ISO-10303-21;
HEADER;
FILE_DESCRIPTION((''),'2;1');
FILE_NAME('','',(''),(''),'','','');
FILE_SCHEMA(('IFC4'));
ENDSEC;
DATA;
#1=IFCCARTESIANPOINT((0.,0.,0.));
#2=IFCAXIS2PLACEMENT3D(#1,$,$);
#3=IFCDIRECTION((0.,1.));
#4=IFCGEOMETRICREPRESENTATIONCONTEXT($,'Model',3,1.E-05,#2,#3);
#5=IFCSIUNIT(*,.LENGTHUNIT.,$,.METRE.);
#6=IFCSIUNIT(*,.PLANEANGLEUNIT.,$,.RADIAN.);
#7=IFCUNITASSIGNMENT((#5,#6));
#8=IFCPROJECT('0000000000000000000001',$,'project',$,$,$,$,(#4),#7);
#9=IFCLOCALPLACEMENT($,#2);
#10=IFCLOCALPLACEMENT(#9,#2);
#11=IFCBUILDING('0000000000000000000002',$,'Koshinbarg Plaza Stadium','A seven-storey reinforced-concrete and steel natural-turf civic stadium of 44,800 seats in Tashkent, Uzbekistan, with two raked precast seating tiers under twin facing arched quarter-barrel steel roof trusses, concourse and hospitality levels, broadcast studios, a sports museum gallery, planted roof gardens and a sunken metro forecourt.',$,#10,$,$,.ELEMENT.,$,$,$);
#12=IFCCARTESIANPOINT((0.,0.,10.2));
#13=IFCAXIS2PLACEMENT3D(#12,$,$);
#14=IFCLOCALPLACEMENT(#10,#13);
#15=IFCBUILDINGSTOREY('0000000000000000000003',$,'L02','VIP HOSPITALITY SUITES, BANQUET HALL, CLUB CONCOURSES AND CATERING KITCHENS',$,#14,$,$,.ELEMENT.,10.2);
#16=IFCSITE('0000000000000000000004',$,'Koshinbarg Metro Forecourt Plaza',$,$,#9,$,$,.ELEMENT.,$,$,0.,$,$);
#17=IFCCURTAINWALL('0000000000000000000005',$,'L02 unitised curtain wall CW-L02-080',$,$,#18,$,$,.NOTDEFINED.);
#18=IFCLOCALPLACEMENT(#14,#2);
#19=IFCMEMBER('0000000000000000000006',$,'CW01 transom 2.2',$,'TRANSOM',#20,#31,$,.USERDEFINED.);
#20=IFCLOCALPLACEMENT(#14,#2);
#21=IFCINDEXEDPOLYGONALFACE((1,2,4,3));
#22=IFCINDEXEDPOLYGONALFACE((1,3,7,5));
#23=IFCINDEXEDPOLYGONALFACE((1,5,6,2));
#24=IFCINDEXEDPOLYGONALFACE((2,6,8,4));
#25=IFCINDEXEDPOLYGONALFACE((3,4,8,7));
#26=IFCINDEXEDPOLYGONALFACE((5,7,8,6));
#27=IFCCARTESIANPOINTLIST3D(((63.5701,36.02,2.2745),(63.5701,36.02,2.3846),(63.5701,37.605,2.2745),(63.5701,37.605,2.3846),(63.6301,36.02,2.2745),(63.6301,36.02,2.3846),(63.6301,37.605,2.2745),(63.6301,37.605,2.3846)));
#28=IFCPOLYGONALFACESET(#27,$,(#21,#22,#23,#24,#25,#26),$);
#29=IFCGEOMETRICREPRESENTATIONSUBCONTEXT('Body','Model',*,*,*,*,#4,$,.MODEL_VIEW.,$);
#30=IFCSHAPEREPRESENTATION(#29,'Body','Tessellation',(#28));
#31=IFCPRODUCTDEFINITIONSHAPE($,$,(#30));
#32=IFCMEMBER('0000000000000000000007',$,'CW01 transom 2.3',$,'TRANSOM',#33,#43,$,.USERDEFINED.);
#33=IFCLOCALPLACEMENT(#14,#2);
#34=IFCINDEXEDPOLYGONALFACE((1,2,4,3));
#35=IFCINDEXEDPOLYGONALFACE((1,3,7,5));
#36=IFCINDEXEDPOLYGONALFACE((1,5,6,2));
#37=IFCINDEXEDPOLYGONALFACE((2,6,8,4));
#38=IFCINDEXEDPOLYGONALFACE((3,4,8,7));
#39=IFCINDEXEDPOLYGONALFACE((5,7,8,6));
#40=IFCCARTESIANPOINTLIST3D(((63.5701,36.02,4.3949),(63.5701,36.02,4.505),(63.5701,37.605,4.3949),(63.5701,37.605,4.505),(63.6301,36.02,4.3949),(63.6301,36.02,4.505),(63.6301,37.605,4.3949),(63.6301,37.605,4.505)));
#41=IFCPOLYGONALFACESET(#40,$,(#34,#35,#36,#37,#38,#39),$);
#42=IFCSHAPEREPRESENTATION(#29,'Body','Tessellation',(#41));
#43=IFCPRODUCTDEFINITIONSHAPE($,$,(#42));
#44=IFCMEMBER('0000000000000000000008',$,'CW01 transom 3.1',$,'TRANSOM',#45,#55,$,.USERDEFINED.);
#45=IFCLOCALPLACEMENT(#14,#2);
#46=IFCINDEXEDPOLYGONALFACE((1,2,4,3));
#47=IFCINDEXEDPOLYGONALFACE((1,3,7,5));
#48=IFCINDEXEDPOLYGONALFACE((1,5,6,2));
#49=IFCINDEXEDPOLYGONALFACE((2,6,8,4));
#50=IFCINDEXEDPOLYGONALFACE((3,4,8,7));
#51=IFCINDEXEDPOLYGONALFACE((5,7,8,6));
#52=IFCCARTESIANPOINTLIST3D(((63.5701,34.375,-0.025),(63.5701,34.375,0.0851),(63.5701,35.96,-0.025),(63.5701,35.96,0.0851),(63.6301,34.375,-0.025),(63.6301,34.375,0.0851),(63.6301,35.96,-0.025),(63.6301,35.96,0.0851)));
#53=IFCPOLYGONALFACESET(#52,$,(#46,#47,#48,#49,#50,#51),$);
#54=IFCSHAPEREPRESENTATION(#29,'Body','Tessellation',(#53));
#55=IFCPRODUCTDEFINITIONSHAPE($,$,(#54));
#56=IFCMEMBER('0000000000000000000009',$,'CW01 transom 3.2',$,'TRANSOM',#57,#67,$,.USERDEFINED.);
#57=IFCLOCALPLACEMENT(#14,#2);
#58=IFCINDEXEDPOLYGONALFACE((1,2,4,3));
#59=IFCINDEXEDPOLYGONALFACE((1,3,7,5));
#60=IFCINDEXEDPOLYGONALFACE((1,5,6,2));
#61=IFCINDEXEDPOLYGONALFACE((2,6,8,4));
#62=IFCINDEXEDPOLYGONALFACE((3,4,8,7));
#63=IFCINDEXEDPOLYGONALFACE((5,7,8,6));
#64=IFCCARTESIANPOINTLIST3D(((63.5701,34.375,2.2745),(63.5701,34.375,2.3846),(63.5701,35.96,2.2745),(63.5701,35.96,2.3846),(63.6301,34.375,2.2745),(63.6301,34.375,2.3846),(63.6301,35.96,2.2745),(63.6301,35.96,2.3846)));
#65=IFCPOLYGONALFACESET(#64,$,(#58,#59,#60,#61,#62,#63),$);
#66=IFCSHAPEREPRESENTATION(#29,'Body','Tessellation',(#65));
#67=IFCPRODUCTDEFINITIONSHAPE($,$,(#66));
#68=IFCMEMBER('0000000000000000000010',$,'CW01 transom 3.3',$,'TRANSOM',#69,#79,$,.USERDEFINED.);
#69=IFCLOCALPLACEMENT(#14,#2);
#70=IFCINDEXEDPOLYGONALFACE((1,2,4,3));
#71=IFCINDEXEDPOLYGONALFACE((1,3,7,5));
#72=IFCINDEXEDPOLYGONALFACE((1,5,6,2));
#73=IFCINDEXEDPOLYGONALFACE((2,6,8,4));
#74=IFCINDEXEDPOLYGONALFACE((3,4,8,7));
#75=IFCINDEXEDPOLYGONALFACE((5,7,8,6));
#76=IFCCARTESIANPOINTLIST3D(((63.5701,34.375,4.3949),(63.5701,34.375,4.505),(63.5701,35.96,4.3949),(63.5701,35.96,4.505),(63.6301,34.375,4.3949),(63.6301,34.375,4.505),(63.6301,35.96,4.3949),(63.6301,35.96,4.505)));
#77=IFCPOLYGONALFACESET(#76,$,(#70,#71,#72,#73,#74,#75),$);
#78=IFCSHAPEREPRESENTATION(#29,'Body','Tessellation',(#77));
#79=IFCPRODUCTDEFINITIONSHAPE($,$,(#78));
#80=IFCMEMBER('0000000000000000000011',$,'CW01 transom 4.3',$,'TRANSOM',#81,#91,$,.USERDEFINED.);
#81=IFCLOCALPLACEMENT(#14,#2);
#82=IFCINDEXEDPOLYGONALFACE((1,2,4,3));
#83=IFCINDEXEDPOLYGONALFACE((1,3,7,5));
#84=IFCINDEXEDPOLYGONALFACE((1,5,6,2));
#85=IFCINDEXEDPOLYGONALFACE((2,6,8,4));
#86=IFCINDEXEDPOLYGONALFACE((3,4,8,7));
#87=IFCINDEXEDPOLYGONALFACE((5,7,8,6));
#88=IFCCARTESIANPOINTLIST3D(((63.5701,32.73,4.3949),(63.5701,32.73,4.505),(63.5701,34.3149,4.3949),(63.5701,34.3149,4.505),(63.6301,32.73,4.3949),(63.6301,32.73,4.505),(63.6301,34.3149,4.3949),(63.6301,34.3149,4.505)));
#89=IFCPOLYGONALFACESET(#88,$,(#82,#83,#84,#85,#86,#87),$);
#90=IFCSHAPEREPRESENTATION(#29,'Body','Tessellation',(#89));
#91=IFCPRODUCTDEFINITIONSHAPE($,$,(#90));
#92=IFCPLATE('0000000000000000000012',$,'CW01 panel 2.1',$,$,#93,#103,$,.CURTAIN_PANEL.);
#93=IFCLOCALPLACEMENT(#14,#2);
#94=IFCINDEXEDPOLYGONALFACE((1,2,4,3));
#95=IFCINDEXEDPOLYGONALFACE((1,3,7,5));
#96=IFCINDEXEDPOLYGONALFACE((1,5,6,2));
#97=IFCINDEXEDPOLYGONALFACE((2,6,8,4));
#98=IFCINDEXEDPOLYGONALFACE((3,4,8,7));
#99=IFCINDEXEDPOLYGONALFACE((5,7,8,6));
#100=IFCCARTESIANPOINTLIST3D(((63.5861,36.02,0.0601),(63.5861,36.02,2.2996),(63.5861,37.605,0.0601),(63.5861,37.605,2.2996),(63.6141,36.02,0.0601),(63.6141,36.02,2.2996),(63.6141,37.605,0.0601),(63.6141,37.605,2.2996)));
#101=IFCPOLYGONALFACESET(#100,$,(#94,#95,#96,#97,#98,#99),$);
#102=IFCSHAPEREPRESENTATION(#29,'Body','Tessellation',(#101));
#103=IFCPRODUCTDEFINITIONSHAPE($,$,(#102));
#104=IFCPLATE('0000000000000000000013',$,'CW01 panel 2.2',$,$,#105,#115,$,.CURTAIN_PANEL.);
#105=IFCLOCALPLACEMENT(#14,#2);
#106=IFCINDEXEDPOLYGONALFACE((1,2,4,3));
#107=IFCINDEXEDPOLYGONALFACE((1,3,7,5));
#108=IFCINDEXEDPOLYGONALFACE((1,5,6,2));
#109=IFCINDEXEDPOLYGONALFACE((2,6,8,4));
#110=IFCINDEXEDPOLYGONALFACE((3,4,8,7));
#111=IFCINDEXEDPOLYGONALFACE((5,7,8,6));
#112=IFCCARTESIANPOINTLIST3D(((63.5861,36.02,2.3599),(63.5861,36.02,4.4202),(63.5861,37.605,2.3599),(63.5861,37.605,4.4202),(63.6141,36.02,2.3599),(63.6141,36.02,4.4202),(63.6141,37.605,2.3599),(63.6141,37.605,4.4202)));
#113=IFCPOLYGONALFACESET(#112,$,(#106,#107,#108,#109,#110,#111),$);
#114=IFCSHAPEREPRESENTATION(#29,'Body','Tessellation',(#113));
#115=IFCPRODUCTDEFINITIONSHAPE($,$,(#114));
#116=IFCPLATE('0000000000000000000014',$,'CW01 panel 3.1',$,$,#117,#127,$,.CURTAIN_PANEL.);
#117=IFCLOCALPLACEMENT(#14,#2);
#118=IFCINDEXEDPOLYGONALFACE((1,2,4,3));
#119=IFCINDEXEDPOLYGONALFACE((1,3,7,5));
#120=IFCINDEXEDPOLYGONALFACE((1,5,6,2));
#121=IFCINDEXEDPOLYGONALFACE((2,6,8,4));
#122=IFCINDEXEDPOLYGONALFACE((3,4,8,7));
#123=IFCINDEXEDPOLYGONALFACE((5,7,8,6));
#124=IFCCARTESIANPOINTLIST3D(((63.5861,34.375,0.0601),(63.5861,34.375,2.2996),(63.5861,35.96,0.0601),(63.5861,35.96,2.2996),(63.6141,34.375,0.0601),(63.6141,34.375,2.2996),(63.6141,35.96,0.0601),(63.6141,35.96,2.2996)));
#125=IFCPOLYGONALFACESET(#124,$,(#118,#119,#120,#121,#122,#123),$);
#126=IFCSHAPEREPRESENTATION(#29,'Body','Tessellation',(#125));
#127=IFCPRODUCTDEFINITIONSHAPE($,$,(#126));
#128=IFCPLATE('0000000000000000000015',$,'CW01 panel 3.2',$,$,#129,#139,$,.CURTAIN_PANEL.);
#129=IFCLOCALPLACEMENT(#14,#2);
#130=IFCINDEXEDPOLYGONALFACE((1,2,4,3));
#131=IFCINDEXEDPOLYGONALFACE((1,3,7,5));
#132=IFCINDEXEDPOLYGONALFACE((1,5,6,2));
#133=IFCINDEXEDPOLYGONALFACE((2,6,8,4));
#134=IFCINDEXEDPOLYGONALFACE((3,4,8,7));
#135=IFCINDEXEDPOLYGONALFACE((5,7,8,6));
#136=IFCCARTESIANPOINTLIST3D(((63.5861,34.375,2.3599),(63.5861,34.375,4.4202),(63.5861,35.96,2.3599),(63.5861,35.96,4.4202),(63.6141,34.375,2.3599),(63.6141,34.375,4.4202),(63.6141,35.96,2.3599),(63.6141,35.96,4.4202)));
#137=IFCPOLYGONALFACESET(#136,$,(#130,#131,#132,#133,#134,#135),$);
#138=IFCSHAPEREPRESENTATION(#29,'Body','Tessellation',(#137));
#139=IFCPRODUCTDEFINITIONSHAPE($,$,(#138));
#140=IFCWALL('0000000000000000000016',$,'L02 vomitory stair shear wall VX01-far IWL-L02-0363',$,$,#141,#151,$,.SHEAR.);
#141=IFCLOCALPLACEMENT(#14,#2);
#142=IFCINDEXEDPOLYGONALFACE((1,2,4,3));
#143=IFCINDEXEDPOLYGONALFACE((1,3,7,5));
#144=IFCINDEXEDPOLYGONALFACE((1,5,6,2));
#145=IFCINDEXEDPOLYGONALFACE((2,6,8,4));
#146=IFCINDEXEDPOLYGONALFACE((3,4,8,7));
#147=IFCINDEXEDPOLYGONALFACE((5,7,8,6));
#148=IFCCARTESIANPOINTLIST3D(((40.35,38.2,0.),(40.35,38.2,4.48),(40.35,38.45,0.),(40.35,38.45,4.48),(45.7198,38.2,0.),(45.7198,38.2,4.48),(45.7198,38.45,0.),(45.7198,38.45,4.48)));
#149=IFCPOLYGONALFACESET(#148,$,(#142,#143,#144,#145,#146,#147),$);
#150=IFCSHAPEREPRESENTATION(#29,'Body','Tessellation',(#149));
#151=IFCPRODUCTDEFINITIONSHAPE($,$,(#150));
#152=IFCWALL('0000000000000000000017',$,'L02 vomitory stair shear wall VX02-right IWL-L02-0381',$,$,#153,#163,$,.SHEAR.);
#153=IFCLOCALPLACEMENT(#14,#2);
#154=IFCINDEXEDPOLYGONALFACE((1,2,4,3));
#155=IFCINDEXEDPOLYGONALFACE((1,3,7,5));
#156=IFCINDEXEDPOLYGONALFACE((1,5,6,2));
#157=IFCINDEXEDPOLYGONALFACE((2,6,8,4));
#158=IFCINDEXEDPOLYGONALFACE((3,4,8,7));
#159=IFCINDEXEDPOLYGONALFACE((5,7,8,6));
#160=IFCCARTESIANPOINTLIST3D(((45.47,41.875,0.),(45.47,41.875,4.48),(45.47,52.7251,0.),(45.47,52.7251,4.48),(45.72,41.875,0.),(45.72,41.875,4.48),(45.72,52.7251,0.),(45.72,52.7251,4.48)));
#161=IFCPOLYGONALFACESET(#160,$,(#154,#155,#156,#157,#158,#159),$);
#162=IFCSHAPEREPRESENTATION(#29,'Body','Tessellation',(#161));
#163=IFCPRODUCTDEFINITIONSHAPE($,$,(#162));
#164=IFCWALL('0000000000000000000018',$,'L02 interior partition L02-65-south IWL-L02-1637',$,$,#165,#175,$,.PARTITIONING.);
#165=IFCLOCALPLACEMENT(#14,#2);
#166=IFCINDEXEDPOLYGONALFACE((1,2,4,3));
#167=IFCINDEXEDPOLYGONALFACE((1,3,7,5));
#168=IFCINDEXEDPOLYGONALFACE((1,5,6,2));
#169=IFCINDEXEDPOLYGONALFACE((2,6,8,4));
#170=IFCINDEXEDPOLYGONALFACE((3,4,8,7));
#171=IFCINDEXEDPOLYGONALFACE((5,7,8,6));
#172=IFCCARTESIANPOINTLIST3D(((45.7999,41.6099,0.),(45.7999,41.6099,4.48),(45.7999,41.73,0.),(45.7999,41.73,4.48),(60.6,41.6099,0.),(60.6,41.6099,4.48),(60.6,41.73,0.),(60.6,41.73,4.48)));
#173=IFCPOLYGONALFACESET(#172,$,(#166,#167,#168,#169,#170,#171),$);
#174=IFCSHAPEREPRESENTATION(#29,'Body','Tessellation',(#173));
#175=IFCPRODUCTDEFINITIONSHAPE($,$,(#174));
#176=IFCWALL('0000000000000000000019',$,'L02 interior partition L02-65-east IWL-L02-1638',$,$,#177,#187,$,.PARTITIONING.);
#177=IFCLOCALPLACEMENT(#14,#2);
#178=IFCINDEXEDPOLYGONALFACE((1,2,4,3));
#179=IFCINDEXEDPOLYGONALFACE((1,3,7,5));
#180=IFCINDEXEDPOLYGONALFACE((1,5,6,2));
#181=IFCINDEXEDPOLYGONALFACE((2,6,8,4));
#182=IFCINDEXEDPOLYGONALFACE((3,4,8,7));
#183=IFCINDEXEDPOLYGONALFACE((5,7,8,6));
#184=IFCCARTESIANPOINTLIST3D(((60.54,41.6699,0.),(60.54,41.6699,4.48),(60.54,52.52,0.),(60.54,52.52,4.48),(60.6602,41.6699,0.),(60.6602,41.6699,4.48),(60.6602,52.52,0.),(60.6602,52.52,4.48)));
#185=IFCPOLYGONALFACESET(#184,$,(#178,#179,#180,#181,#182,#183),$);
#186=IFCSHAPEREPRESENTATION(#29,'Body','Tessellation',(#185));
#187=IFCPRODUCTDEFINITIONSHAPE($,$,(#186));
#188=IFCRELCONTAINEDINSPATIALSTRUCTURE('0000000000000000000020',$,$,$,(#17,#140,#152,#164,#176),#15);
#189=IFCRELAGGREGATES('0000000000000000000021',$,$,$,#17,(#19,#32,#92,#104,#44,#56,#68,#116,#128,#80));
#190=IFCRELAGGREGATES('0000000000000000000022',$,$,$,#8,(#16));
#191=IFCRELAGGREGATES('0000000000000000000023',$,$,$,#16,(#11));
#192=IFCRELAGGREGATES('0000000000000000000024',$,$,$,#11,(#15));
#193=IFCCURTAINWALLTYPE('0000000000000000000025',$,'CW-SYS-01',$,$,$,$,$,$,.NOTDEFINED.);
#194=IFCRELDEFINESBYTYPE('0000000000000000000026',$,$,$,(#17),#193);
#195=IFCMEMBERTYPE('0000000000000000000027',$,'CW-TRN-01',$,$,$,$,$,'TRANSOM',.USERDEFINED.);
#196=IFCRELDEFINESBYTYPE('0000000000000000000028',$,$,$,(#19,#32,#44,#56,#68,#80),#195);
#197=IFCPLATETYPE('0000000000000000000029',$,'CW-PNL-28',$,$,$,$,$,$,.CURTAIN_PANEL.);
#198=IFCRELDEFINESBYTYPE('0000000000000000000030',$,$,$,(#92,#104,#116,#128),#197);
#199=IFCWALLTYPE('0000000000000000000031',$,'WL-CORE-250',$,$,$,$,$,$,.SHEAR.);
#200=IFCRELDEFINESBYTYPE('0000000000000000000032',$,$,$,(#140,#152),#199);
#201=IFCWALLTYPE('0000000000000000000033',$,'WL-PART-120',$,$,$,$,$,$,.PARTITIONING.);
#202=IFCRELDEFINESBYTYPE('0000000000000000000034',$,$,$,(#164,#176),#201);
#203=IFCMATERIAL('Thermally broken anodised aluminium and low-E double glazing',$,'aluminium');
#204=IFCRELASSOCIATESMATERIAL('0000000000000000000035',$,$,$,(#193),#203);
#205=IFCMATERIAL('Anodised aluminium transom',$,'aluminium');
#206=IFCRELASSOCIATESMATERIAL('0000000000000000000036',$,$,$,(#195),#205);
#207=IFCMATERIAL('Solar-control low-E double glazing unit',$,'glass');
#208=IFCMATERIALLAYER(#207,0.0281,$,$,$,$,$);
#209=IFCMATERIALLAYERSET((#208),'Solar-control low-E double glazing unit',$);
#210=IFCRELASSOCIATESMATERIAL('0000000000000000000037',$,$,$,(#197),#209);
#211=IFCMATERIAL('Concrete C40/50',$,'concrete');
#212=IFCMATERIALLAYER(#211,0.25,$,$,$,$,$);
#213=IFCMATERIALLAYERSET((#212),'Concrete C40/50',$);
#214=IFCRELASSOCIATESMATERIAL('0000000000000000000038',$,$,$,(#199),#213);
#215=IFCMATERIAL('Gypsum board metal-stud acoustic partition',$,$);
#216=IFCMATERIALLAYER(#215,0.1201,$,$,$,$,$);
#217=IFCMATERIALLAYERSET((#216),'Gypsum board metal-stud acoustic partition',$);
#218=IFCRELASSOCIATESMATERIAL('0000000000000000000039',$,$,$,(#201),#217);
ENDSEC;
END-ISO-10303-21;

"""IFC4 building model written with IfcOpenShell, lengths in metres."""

from ifc_helpers import new_model, si_unit, direction, frame, frame_2d, origin, origin_2d, place, context, subcontext, project, spatial, rectangle, extrude, material, layer, layer_set, material_profile, profile_set, type_object, element, aggregate, save


model = new_model("IFC4")

# Units and contexts
model_context = context("Model", 3, precision=1e-05, world=origin(), true_north=direction((0.0, 1.0)))
body_context = subcontext(model_context, "Body", "Model", "MODEL_VIEW")
ifc_project = project(units=[si_unit("LENGTHUNIT", "METRE"), si_unit("PLANEANGLEUNIT", "RADIAN")], contexts=[model_context])

# Site, building, storey
site_placement = place(None, origin())
site = spatial("IfcSite", under=ifc_project, at=site_placement, Name="Koshinbarg Metro Forecourt Plaza", CompositionType="ELEMENT", RefElevation=0.0)
building_placement = place(site_placement, origin())
building = spatial("IfcBuilding", under=site, at=building_placement, Name="Koshinbarg Plaza Stadium", Description="A seven-storey reinforced-concrete and steel natural-turf civic stadium of 44,800 seats in Tashkent, Uzbekistan, with two raked precast seating tiers under twin facing arched quarter-barrel steel roof trusses, concourse and hospitality levels, broadcast studios, a sports museum gallery, planted roof gardens and a sunken metro forecourt.", CompositionType="ELEMENT")
storey_placement = place(building_placement, frame((0.0, 0.0, 10.2)))
storey = spatial("IfcBuildingStorey", under=building, at=storey_placement, Name="L02", Description="VIP HOSPITALITY SUITES, BANQUET HALL, CLUB CONCOURSES AND CATERING KITCHENS", CompositionType="ELEMENT", Elevation=10.2)

# Shared definitions
ifc_material_1 = material(Name="Concrete C40/50", Category="concrete")

# Curtain wall, members, plates
ifc_material_2 = material(Name="Thermally broken anodised aluminium and low-E double glazing", Category="aluminium")
curtain_wall_type = type_object("IfcCurtainWallType", Name="CW-SYS-01", PredefinedType="NOTDEFINED", material=ifc_material_2)
curtain_wall_placement = place(storey_placement, origin())
curtain_wall = element("IfcCurtainWall", 1, at=curtain_wall_placement, inside=storey, type_object=curtain_wall_type, Name="L02 unitised curtain wall CW-L02-080", PredefinedType="NOTDEFINED")
ifc_material_3 = material(Name="Anodised aluminium transom", Category="aluminium")
ifc_material_profile_1 = material_profile(ifc_material_3, rectangle(XDim=0.0601, YDim=0.1101, at=origin_2d()), Name="ALU 60x110")
ifc_profile_set_1 = profile_set([ifc_material_profile_1], Name="Anodised aluminium transom")
member_type_1 = type_object("IfcMemberType", Name="CW-TRN-01", ElementType="TRANSOM", PredefinedType="USERDEFINED", material=ifc_profile_set_1)
member_1_placement = place(storey_placement, frame((63.6001, 37.605, 2.3296), z_axis=(0.0, -1.0, 0.0), x_axis=(1.0, 0.0, 0.0)))
member_1 = element("IfcMember", 2, at=member_1_placement, type_object=member_type_1, Name="CW01 transom 2.2", ObjectType="TRANSOM", PredefinedType="USERDEFINED", context=body_context, shape_type="SweptSolid", body=[
    extrude(rectangle(XDim=0.0601, YDim=0.1101, at=origin_2d()), origin(), (0.0, 0.0, 1.0), 1.585),
])
member_2_placement = place(storey_placement, frame((63.6001, 37.605, 4.45), z_axis=(0.0, -1.0, 0.0), x_axis=(1.0, 0.0, 0.0)))
member_2 = element("IfcMember", 3, at=member_2_placement, type_object=member_type_1, Name="CW01 transom 2.3", ObjectType="TRANSOM", PredefinedType="USERDEFINED", context=body_context, shape_type="SweptSolid", body=[
    extrude(rectangle(XDim=0.0601, YDim=0.1101, at=origin_2d()), origin(), (0.0, 0.0, 1.0), 1.585),
])
member_3_placement = place(storey_placement, frame((63.6001, 35.96, 0.03), z_axis=(0.0, -1.0, 0.0), x_axis=(1.0, 0.0, 0.0)))
member_3 = element("IfcMember", 4, at=member_3_placement, type_object=member_type_1, Name="CW01 transom 3.1", ObjectType="TRANSOM", PredefinedType="USERDEFINED", context=body_context, shape_type="SweptSolid", body=[
    extrude(rectangle(XDim=0.0601, YDim=0.1101, at=origin_2d()), origin(), (0.0, 0.0, 1.0), 1.585),
])
member_4_placement = place(storey_placement, frame((63.6001, 35.96, 2.3296), z_axis=(0.0, -1.0, 0.0), x_axis=(1.0, 0.0, 0.0)))
member_4 = element("IfcMember", 5, at=member_4_placement, type_object=member_type_1, Name="CW01 transom 3.2", ObjectType="TRANSOM", PredefinedType="USERDEFINED", context=body_context, shape_type="SweptSolid", body=[
    extrude(rectangle(XDim=0.0601, YDim=0.1101, at=origin_2d()), origin(), (0.0, 0.0, 1.0), 1.585),
])
member_5_placement = place(storey_placement, frame((63.6001, 35.96, 4.45), z_axis=(0.0, -1.0, 0.0), x_axis=(1.0, 0.0, 0.0)))
member_5 = element("IfcMember", 6, at=member_5_placement, type_object=member_type_1, Name="CW01 transom 3.3", ObjectType="TRANSOM", PredefinedType="USERDEFINED", context=body_context, shape_type="SweptSolid", body=[
    extrude(rectangle(XDim=0.0601, YDim=0.1101, at=origin_2d()), origin(), (0.0, 0.0, 1.0), 1.585),
])
member_6_placement = place(storey_placement, frame((63.6001, 34.3149, 4.45), z_axis=(0.0, -1.0, 0.0), x_axis=(1.0, 0.0, 0.0)))
member_6 = element("IfcMember", 7, at=member_6_placement, type_object=member_type_1, Name="CW01 transom 4.3", ObjectType="TRANSOM", PredefinedType="USERDEFINED", context=body_context, shape_type="SweptSolid", body=[
    extrude(rectangle(XDim=0.0601, YDim=0.1101, at=origin_2d()), origin(), (0.0, 0.0, 1.0), 1.585),
])
ifc_material_4 = material(Name="Solar-control low-E double glazing unit", Category="glass")
ifc_layer_1 = layer(ifc_material_4, 0.0281)
ifc_layer_set_1 = layer_set([ifc_layer_1], Name="Solar-control low-E double glazing unit")
plate_type = type_object("IfcPlateType", Name="CW-PNL-28", PredefinedType="CURTAIN_PANEL", material=ifc_layer_set_1)
plate_1_placement = place(storey_placement, frame((63.6001, 36.8125, 0.0601), z_axis=(0.0, 0.0, 1.0), x_axis=(0.0, -1.0, 0.0)))
plate_1 = element("IfcPlate", 8, at=plate_1_placement, type_object=plate_type, Name="CW01 panel 2.1", PredefinedType="CURTAIN_PANEL", context=body_context, shape_type="SweptSolid", body=[
    extrude(rectangle(XDim=1.585, YDim=0.0281, at=origin_2d()), origin(), (0.0, 0.0, 1.0), 2.2395),
])
plate_2_placement = place(storey_placement, frame((63.6001, 36.8125, 2.3599), z_axis=(0.0, 0.0, 1.0), x_axis=(0.0, -1.0, 0.0)))
plate_2 = element("IfcPlate", 9, at=plate_2_placement, type_object=plate_type, Name="CW01 panel 2.2", PredefinedType="CURTAIN_PANEL", context=body_context, shape_type="SweptSolid", body=[
    extrude(rectangle(XDim=1.585, YDim=0.0281, at=origin_2d()), origin(), (0.0, 0.0, 1.0), 2.0603),
])
plate_3_placement = place(storey_placement, frame((63.6001, 35.1675, 0.0601), z_axis=(0.0, 0.0, 1.0), x_axis=(0.0, -1.0, 0.0)))
plate_3 = element("IfcPlate", 10, at=plate_3_placement, type_object=plate_type, Name="CW01 panel 3.1", PredefinedType="CURTAIN_PANEL", context=body_context, shape_type="SweptSolid", body=[
    extrude(rectangle(XDim=1.585, YDim=0.0281, at=origin_2d()), origin(), (0.0, 0.0, 1.0), 2.2395),
])
plate_4_placement = place(storey_placement, frame((63.6001, 35.1675, 2.3599), z_axis=(0.0, 0.0, 1.0), x_axis=(0.0, -1.0, 0.0)))
plate_4 = element("IfcPlate", 11, at=plate_4_placement, type_object=plate_type, Name="CW01 panel 3.2", PredefinedType="CURTAIN_PANEL", context=body_context, shape_type="SweptSolid", body=[
    extrude(rectangle(XDim=1.585, YDim=0.0281, at=origin_2d()), origin(), (0.0, 0.0, 1.0), 2.0603),
])
aggregate(curtain_wall, [member_1, member_2, plate_1, plate_2, member_3, member_4, member_5, plate_3, plate_4, member_6])

# Walls
ifc_layer_2 = layer(ifc_material_1, 0.25)
ifc_layer_set_2 = layer_set([ifc_layer_2], Name="Concrete C40/50")
wall_type_1 = type_object("IfcWallType", Name="WL-CORE-250", PredefinedType="SHEAR", material=ifc_layer_set_2)
wall_1_placement = place(storey_placement, frame((45.72, 38.325, 0.0), z_axis=(0.0, 0.0, 1.0), x_axis=(-1.0, 0.0, 0.0)))
element("IfcWall", 12, at=wall_1_placement, inside=storey, type_object=wall_type_1, Name="L02 vomitory stair shear wall VX01-far IWL-L02-0363", PredefinedType="SHEAR", context=body_context, shape_type="SweptSolid", body=[
    extrude(rectangle(XDim=5.3699, YDim=0.25, at=frame_2d((2.6851, 0.0))), origin(), (0.0, 0.0, 1.0), 4.48),
])
wall_2_placement = place(storey_placement, frame((45.595, 41.875, 0.0), z_axis=(0.0, 0.0, 1.0), x_axis=(0.0, 1.0, 0.0)))
element("IfcWall", 13, at=wall_2_placement, inside=storey, type_object=wall_type_1, Name="L02 vomitory stair shear wall VX02-right IWL-L02-0381", PredefinedType="SHEAR", context=body_context, shape_type="SweptSolid", body=[
    extrude(rectangle(XDim=10.8501, YDim=0.25, at=frame_2d((5.425, 0.0))), origin(), (0.0, 0.0, 1.0), 4.48),
])
ifc_material_5 = material(Name="Gypsum board metal-stud acoustic partition")
ifc_layer_3 = layer(ifc_material_5, 0.1201)
ifc_layer_set_3 = layer_set([ifc_layer_3], Name="Gypsum board metal-stud acoustic partition")
wall_type_2 = type_object("IfcWallType", Name="WL-PART-120", PredefinedType="PARTITIONING", material=ifc_layer_set_3)
wall_3_placement = place(storey_placement, frame((45.8, 41.6699, 0.0), z_axis=(0.0, 0.0, 1.0), x_axis=(1.0, 0.0, 0.0)))
element("IfcWall", 14, at=wall_3_placement, inside=storey, type_object=wall_type_2, Name="L02 interior partition L02-65-south IWL-L02-1637", PredefinedType="PARTITIONING", context=body_context, shape_type="SweptSolid", body=[
    extrude(rectangle(XDim=14.8, YDim=0.1201, at=frame_2d((7.3999, 0.0))), origin(), (0.0, 0.0, 1.0), 4.48),
])
wall_4_placement = place(storey_placement, frame((60.6001, 41.6699, 0.0), z_axis=(0.0, 0.0, 1.0), x_axis=(0.0, 1.0, 0.0)))
element("IfcWall", 15, at=wall_4_placement, inside=storey, type_object=wall_type_2, Name="L02 interior partition L02-65-east IWL-L02-1638", PredefinedType="PARTITIONING", context=body_context, shape_type="SweptSolid", body=[
    extrude(rectangle(XDim=10.8501, YDim=0.1201, at=frame_2d((5.425, 0.0))), origin(), (0.0, 0.0, 1.0), 4.48),
])

save(model, "model.ifc")
